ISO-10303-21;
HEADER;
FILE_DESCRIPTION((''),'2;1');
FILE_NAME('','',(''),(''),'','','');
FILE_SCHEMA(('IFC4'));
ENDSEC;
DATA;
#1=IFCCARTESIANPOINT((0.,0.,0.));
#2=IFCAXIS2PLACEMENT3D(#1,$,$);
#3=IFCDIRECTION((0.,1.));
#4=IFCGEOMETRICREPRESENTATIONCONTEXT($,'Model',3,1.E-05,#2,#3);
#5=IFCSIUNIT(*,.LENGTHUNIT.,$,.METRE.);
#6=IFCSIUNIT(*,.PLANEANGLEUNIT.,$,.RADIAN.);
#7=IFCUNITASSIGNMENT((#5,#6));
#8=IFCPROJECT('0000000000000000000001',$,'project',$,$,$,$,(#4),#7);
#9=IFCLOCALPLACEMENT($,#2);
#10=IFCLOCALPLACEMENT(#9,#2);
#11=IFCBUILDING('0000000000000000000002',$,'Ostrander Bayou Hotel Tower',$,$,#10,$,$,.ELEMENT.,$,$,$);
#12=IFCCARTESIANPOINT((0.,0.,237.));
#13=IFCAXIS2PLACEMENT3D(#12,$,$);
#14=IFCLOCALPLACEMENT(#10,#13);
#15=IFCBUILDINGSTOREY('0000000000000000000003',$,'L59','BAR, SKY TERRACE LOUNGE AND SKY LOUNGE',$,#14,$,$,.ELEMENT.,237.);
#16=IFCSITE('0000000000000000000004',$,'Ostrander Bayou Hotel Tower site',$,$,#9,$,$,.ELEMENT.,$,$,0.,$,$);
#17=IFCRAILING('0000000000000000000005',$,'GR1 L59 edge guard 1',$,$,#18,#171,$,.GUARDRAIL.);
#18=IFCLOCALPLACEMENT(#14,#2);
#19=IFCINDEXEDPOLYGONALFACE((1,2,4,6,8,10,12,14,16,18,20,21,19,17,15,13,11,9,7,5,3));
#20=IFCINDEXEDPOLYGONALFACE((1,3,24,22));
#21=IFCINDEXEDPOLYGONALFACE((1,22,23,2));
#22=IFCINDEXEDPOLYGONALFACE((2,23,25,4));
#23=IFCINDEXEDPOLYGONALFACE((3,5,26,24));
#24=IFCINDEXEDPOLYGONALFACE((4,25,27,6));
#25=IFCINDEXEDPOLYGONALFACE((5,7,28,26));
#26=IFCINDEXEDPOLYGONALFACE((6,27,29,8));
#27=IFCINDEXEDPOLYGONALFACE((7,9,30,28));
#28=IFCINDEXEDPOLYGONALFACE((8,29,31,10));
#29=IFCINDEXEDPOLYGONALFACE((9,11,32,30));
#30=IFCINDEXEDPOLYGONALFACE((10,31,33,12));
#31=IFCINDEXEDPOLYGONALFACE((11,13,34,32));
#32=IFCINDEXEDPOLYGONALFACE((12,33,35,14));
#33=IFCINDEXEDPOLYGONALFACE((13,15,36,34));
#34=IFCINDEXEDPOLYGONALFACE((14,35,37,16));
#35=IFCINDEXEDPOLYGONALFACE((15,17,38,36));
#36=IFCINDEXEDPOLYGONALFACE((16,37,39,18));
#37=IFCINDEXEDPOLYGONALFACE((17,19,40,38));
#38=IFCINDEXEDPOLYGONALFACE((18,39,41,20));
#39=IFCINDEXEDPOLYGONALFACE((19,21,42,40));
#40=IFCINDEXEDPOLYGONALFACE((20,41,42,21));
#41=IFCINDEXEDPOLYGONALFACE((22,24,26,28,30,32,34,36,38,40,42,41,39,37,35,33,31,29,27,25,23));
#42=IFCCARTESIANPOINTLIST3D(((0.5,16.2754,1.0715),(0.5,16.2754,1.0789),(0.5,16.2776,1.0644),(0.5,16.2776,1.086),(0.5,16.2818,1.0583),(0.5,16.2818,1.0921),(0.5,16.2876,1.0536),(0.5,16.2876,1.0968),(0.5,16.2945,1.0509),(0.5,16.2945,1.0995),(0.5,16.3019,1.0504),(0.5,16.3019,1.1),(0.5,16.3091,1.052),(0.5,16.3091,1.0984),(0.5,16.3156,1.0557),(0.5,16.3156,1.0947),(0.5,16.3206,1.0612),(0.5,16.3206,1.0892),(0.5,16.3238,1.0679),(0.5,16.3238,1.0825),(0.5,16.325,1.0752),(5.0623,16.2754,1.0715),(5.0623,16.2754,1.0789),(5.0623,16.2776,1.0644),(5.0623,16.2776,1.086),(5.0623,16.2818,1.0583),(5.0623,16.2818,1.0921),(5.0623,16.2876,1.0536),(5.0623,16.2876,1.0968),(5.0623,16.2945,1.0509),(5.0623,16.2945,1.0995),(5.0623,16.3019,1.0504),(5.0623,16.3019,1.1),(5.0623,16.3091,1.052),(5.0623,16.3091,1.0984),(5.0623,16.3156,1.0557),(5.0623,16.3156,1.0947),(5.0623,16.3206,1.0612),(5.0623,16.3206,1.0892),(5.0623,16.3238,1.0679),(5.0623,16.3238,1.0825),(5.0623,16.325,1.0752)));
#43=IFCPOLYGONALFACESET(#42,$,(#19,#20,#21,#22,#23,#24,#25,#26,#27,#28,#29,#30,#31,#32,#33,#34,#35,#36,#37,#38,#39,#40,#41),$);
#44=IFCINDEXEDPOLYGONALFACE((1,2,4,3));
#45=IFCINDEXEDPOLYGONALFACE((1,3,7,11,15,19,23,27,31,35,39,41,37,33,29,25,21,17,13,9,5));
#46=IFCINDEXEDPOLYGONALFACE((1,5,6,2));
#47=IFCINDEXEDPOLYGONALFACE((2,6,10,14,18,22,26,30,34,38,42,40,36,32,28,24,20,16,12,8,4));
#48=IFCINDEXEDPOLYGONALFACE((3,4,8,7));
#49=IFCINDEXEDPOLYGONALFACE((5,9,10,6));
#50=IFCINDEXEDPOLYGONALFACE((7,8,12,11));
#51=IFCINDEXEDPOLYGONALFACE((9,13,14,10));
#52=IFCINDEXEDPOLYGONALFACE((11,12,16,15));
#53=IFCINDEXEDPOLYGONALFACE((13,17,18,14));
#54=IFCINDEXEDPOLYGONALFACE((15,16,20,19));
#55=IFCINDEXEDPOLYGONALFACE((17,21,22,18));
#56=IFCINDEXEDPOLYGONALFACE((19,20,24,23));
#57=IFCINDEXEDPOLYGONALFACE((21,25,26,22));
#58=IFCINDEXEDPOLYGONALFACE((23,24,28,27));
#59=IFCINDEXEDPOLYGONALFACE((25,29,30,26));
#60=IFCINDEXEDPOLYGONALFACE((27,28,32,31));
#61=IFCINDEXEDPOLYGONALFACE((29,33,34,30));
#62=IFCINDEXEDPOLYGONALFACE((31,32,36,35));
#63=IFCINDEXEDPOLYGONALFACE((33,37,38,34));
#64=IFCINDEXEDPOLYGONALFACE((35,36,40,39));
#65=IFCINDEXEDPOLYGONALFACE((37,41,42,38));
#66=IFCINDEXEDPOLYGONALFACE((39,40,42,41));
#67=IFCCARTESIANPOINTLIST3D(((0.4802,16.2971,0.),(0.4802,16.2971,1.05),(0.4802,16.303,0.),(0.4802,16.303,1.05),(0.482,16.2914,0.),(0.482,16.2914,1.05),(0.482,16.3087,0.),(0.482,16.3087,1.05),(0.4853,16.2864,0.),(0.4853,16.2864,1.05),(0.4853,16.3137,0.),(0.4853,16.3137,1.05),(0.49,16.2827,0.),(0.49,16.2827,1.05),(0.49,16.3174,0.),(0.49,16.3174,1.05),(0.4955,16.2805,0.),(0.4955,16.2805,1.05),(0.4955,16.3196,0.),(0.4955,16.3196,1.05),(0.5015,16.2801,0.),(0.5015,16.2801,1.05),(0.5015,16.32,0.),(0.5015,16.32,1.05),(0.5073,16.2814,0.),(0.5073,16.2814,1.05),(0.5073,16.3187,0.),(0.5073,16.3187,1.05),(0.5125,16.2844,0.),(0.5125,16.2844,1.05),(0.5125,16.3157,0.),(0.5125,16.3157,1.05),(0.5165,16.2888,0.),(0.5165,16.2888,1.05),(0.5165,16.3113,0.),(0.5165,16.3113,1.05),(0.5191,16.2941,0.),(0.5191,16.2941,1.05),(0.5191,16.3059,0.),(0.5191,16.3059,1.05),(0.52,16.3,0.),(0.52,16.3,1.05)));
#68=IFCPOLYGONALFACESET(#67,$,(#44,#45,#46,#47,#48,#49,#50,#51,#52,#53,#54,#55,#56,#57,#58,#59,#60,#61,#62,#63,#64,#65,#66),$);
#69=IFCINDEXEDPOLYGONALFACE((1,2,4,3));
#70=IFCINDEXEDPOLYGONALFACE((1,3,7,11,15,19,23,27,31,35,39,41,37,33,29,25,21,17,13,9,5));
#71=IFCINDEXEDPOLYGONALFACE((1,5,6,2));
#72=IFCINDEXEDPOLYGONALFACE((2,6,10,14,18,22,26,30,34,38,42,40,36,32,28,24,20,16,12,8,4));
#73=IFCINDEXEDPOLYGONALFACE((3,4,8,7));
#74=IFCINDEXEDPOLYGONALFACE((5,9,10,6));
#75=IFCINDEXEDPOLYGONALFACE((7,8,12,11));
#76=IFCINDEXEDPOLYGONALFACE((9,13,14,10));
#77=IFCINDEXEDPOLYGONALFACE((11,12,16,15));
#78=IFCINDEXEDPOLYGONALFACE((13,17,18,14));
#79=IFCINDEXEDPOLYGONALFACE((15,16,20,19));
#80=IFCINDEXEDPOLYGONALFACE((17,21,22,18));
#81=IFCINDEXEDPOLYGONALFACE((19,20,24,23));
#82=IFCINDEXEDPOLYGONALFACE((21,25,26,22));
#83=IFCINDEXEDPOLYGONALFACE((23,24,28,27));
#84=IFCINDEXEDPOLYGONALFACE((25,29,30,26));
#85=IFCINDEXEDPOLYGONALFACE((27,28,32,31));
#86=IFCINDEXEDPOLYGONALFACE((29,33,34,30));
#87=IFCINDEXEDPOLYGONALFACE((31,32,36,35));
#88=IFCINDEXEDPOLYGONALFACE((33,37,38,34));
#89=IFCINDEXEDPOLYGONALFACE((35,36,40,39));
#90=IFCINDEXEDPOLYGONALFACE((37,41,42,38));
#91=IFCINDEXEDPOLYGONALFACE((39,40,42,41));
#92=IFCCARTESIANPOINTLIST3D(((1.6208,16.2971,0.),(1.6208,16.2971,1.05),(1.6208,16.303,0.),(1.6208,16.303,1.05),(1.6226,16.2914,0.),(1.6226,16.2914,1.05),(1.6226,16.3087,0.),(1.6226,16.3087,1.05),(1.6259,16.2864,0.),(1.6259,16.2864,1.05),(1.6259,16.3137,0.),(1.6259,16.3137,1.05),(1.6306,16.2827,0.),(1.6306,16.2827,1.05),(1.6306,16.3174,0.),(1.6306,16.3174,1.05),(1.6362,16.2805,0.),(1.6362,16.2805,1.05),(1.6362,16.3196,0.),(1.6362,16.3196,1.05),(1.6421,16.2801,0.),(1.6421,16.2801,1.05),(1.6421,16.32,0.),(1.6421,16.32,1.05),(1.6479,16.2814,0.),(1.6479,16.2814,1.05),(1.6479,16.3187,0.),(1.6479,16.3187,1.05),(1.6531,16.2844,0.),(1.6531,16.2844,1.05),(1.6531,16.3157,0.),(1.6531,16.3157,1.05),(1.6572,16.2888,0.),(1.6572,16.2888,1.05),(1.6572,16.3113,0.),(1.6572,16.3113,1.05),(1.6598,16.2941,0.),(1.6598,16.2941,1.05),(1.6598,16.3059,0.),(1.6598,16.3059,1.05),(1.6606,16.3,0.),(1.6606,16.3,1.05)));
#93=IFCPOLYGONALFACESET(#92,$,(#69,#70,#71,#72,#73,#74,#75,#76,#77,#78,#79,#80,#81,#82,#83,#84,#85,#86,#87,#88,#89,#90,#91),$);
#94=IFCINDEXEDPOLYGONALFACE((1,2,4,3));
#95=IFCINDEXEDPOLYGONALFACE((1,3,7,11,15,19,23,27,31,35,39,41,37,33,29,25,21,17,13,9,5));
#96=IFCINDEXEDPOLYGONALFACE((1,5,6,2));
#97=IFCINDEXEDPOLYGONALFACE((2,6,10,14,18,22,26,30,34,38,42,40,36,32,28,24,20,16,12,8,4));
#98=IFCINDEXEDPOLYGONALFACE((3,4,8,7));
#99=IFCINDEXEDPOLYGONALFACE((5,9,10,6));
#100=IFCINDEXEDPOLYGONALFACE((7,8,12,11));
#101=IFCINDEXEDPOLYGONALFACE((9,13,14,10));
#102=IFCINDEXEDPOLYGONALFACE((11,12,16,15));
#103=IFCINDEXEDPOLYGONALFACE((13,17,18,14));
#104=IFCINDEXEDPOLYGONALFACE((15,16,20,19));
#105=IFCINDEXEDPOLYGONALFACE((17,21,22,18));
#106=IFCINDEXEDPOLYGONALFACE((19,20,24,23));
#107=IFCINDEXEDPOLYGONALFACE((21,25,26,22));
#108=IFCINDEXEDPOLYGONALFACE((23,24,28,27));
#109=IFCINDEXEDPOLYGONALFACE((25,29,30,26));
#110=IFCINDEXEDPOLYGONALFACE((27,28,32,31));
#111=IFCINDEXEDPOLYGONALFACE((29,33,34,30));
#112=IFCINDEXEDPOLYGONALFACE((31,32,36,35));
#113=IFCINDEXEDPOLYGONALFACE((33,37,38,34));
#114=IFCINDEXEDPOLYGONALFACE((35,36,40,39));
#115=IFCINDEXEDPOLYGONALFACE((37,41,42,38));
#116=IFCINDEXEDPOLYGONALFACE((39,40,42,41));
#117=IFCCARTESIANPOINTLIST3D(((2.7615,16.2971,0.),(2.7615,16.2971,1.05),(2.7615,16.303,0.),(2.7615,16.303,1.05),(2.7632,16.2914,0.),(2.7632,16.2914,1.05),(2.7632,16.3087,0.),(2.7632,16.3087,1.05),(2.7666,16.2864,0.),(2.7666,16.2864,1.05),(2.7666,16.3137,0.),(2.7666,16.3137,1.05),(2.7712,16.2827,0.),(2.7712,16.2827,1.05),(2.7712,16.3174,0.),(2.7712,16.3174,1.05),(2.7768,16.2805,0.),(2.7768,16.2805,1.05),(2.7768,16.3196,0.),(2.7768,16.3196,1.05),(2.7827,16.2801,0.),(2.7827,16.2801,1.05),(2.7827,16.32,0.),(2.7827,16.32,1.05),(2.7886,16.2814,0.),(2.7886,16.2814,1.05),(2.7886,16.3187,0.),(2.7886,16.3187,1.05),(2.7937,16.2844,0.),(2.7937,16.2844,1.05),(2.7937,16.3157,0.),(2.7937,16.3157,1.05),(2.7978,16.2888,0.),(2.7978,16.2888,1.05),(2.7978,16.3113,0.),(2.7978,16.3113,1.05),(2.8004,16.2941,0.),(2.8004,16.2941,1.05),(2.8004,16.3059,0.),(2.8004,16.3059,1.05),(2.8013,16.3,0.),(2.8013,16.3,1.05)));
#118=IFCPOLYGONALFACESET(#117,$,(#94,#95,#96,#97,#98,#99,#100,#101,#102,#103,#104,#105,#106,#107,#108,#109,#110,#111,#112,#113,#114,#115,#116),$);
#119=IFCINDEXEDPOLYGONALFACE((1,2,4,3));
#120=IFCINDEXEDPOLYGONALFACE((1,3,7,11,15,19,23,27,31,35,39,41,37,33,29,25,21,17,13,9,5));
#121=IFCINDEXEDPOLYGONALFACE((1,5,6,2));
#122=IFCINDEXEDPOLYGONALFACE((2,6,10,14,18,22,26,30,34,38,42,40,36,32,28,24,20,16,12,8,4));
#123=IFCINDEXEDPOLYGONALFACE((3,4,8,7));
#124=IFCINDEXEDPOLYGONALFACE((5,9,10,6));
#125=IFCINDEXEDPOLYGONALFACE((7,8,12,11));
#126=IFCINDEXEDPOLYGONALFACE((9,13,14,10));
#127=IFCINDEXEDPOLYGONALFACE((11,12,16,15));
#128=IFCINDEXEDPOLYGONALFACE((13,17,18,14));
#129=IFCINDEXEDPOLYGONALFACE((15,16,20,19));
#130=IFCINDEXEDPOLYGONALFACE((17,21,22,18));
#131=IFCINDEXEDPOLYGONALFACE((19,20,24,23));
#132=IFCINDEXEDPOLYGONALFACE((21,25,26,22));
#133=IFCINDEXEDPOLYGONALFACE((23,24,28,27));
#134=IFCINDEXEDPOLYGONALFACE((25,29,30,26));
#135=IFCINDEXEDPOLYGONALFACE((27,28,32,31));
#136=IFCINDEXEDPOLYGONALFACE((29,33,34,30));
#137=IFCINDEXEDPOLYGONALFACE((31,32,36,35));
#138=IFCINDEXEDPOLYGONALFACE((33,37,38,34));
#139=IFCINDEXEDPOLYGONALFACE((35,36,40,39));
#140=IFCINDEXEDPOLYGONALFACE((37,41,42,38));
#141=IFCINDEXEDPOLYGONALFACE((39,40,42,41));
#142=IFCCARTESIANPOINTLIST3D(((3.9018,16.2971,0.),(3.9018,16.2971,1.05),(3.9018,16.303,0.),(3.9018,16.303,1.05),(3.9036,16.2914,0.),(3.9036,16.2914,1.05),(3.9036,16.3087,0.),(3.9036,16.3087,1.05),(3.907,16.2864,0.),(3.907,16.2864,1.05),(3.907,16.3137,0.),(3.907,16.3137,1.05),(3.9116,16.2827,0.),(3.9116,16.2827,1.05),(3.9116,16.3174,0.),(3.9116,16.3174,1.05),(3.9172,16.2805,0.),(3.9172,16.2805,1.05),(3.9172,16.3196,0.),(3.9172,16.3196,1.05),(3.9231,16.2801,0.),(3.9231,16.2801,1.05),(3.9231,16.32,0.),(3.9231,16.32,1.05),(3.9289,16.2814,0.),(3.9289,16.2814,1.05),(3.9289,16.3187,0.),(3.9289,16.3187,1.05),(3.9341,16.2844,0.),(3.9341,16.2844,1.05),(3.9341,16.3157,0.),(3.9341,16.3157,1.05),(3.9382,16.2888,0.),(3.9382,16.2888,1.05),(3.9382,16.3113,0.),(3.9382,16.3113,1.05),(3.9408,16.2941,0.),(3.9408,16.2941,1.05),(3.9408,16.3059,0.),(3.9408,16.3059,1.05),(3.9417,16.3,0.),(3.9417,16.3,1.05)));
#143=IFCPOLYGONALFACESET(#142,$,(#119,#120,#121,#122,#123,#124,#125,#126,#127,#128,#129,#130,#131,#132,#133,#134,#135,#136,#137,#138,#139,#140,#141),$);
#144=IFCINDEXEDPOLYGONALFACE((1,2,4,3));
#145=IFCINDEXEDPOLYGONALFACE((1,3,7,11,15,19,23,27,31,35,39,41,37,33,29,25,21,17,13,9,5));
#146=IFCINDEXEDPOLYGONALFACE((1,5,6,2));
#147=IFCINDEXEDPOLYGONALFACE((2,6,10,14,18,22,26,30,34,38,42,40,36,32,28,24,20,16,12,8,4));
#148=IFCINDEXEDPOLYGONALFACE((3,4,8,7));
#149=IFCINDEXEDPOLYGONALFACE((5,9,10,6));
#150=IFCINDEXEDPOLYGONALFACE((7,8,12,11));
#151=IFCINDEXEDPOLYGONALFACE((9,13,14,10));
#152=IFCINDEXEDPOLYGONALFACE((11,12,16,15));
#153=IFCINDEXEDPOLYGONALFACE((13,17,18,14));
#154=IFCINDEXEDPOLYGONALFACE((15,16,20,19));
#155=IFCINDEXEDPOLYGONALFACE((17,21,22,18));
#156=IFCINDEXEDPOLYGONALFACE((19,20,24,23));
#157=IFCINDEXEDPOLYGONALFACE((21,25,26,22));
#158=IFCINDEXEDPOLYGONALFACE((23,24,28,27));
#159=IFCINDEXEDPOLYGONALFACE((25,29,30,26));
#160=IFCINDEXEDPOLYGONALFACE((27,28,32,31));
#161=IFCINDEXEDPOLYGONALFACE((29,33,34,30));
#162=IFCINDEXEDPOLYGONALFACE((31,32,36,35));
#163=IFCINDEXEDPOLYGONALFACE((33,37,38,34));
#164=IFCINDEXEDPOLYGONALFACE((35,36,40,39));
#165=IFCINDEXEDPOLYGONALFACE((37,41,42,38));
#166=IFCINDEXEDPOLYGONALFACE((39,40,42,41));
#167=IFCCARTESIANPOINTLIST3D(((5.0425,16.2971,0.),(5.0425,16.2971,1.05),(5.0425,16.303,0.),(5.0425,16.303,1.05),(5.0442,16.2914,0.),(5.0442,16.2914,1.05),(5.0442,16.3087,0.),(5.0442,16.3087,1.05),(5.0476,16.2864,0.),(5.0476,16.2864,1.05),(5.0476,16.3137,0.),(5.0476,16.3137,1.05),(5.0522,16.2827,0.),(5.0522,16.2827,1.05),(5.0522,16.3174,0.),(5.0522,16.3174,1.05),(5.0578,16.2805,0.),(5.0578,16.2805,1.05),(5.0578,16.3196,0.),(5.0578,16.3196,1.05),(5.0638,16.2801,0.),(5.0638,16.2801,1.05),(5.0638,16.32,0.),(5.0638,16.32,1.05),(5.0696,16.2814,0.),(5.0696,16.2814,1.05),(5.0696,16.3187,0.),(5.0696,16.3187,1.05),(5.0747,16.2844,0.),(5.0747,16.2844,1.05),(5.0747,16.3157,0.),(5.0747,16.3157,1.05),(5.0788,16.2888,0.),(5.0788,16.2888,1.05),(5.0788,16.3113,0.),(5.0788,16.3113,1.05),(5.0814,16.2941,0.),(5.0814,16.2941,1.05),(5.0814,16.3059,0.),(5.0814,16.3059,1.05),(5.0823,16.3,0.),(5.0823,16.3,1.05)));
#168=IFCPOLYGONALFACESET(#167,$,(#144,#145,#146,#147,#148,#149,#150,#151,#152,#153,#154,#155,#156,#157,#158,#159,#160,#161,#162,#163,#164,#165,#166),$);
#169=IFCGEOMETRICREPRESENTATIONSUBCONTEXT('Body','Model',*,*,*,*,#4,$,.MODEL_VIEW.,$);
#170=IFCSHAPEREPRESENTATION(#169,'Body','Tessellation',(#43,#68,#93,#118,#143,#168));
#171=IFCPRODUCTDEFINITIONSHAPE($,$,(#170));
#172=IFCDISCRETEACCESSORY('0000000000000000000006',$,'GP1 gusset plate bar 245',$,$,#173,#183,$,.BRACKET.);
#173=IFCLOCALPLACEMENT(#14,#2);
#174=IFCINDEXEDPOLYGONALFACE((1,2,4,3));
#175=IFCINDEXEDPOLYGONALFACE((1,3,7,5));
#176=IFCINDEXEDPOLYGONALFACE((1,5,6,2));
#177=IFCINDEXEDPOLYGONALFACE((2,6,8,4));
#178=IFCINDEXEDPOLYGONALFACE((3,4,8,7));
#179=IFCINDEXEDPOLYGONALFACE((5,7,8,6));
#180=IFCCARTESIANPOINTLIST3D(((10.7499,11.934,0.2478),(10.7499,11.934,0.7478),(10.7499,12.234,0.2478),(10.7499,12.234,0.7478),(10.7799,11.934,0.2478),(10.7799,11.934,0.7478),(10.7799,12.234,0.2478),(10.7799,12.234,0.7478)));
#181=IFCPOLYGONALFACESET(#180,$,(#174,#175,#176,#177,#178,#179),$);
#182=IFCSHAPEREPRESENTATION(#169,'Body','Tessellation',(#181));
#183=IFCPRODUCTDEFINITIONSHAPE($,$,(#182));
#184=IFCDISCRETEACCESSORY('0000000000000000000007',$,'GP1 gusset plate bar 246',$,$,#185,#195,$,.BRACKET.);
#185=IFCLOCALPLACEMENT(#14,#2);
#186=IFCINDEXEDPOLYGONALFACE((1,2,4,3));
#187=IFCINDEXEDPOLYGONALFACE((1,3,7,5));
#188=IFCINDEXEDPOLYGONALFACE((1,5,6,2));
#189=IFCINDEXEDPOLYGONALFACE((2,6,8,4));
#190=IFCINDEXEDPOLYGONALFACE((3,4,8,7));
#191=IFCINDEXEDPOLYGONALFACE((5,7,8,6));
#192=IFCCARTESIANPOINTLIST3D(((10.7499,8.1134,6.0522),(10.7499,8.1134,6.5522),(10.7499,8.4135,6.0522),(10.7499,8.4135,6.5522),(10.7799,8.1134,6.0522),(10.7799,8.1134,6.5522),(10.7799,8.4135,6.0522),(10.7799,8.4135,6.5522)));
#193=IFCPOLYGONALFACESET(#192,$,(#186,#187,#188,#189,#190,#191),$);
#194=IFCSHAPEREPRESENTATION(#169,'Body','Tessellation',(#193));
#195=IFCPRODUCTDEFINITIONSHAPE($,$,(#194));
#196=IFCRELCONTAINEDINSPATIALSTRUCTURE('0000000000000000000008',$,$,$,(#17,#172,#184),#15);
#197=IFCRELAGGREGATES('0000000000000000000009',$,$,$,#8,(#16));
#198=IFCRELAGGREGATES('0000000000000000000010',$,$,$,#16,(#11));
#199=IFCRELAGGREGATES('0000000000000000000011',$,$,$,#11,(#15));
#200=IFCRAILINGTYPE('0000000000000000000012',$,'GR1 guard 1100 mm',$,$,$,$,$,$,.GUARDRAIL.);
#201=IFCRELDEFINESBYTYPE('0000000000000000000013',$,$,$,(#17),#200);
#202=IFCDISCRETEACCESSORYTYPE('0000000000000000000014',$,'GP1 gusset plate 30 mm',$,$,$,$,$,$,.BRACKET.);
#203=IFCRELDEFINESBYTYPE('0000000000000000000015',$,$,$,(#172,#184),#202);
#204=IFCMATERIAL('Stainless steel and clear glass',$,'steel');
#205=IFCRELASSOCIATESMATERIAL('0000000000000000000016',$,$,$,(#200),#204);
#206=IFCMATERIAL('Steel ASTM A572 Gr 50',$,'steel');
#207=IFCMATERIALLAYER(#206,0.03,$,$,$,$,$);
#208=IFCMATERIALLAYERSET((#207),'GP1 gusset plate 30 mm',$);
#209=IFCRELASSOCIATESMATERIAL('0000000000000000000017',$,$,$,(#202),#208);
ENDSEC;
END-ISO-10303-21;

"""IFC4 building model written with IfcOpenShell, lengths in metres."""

from ifc_helpers import new_model, si_unit, direction, frame, origin, origin_2d, place, context, subcontext, project, spatial, rectangle, circle, extrude, material, layer, layer_set, type_object, element, save


model = new_model("IFC4")

# Units and contexts
model_context = context("Model", 3, precision=1e-05, world=origin(), true_north=direction((0.0, 1.0)))
body_context = subcontext(model_context, "Body", "Model", "MODEL_VIEW")
ifc_project = project(units=[si_unit("LENGTHUNIT", "METRE"), si_unit("PLANEANGLEUNIT", "RADIAN")], contexts=[model_context])

# Site, building, storey
site_placement = place(None, origin())
site = spatial("IfcSite", under=ifc_project, at=site_placement, Name="Ostrander Bayou Hotel Tower site", CompositionType="ELEMENT", RefElevation=0.0)
building_placement = place(site_placement, origin())
building = spatial("IfcBuilding", under=site, at=building_placement, Name="Ostrander Bayou Hotel Tower", CompositionType="ELEMENT")
storey_placement = place(building_placement, frame((0.0, 0.0, 237.0)))
storey = spatial("IfcBuildingStorey", under=building, at=storey_placement, Name="L59", Description="BAR, SKY TERRACE LOUNGE AND SKY LOUNGE", CompositionType="ELEMENT", Elevation=237.0)

# Railing
ifc_material_1 = material(Name="Stainless steel and clear glass", Category="steel")
railing_type = type_object("IfcRailingType", Name="GR1 guard 1100 mm", PredefinedType="GUARDRAIL", material=ifc_material_1)
railing_1_placement = place(storey_placement, frame((0.5, 16.3, 0.0)))
element("IfcRailing", 1, at=railing_1_placement, inside=storey, type_object=railing_type, Name="GR1 L59 edge guard 1", PredefinedType="GUARDRAIL", context=body_context, shape_type="SweptSolid", body=[
    extrude(circle(Radius=0.0249, at=origin_2d()), frame((0.0, 0.0, 1.0752), z_axis=(1.0, 0.0, 0.0), x_axis=(0.0, 1.0, 0.0)), (0.0, 0.0, 1.0), 4.5623),
    extrude(circle(Radius=0.02, at=origin_2d()), origin(), (0.0, 0.0, 1.0), 1.05),
    extrude(circle(Radius=0.02, at=origin_2d()), frame((1.1406, 0.0, 0.0)), (0.0, 0.0, 1.0), 1.05),
    extrude(circle(Radius=0.02, at=origin_2d()), frame((2.2812, 0.0, 0.0)), (0.0, 0.0, 1.0), 1.05),
    extrude(circle(Radius=0.02, at=origin_2d()), frame((3.4216, 0.0, 0.0)), (0.0, 0.0, 1.0), 1.05),
    extrude(circle(Radius=0.02, at=origin_2d()), frame((4.5623, 0.0, 0.0)), (0.0, 0.0, 1.0), 1.05),
])

# Discrete accessories
ifc_material_2 = material(Name="Steel ASTM A572 Gr 50", Category="steel")
ifc_layer_1 = layer(ifc_material_2, 0.03)
ifc_layer_set_1 = layer_set([ifc_layer_1], Name="GP1 gusset plate 30 mm")
discrete_accessory_type = type_object("IfcDiscreteAccessoryType", Name="GP1 gusset plate 30 mm", PredefinedType="BRACKET", material=ifc_layer_set_1)
for number, where, z_axis, x_axis, name in (
    (2, (10.7649, 12.084, 0.2478), (0.0, 0.0, 1.0), (0.0, -1.0, 0.0), "GP1 gusset plate bar 245"),
    (3, (10.7649, 8.2634, 6.0522), (0.0, 0.0, 1.0), (0.0, -1.0, 0.0), "GP1 gusset plate bar 246"),
):
    element("IfcDiscreteAccessory", number, at=place(storey_placement, frame(where, z_axis=z_axis, x_axis=x_axis)), inside=storey, type_object=discrete_accessory_type, Name=name, PredefinedType="BRACKET", context=body_context, shape_type="SweptSolid", body=[
        extrude(rectangle(XDim=0.3, YDim=0.03, at=origin_2d()), origin(), (0.0, 0.0, 1.0), 0.5),
    ])

save(model, "model.ifc")
